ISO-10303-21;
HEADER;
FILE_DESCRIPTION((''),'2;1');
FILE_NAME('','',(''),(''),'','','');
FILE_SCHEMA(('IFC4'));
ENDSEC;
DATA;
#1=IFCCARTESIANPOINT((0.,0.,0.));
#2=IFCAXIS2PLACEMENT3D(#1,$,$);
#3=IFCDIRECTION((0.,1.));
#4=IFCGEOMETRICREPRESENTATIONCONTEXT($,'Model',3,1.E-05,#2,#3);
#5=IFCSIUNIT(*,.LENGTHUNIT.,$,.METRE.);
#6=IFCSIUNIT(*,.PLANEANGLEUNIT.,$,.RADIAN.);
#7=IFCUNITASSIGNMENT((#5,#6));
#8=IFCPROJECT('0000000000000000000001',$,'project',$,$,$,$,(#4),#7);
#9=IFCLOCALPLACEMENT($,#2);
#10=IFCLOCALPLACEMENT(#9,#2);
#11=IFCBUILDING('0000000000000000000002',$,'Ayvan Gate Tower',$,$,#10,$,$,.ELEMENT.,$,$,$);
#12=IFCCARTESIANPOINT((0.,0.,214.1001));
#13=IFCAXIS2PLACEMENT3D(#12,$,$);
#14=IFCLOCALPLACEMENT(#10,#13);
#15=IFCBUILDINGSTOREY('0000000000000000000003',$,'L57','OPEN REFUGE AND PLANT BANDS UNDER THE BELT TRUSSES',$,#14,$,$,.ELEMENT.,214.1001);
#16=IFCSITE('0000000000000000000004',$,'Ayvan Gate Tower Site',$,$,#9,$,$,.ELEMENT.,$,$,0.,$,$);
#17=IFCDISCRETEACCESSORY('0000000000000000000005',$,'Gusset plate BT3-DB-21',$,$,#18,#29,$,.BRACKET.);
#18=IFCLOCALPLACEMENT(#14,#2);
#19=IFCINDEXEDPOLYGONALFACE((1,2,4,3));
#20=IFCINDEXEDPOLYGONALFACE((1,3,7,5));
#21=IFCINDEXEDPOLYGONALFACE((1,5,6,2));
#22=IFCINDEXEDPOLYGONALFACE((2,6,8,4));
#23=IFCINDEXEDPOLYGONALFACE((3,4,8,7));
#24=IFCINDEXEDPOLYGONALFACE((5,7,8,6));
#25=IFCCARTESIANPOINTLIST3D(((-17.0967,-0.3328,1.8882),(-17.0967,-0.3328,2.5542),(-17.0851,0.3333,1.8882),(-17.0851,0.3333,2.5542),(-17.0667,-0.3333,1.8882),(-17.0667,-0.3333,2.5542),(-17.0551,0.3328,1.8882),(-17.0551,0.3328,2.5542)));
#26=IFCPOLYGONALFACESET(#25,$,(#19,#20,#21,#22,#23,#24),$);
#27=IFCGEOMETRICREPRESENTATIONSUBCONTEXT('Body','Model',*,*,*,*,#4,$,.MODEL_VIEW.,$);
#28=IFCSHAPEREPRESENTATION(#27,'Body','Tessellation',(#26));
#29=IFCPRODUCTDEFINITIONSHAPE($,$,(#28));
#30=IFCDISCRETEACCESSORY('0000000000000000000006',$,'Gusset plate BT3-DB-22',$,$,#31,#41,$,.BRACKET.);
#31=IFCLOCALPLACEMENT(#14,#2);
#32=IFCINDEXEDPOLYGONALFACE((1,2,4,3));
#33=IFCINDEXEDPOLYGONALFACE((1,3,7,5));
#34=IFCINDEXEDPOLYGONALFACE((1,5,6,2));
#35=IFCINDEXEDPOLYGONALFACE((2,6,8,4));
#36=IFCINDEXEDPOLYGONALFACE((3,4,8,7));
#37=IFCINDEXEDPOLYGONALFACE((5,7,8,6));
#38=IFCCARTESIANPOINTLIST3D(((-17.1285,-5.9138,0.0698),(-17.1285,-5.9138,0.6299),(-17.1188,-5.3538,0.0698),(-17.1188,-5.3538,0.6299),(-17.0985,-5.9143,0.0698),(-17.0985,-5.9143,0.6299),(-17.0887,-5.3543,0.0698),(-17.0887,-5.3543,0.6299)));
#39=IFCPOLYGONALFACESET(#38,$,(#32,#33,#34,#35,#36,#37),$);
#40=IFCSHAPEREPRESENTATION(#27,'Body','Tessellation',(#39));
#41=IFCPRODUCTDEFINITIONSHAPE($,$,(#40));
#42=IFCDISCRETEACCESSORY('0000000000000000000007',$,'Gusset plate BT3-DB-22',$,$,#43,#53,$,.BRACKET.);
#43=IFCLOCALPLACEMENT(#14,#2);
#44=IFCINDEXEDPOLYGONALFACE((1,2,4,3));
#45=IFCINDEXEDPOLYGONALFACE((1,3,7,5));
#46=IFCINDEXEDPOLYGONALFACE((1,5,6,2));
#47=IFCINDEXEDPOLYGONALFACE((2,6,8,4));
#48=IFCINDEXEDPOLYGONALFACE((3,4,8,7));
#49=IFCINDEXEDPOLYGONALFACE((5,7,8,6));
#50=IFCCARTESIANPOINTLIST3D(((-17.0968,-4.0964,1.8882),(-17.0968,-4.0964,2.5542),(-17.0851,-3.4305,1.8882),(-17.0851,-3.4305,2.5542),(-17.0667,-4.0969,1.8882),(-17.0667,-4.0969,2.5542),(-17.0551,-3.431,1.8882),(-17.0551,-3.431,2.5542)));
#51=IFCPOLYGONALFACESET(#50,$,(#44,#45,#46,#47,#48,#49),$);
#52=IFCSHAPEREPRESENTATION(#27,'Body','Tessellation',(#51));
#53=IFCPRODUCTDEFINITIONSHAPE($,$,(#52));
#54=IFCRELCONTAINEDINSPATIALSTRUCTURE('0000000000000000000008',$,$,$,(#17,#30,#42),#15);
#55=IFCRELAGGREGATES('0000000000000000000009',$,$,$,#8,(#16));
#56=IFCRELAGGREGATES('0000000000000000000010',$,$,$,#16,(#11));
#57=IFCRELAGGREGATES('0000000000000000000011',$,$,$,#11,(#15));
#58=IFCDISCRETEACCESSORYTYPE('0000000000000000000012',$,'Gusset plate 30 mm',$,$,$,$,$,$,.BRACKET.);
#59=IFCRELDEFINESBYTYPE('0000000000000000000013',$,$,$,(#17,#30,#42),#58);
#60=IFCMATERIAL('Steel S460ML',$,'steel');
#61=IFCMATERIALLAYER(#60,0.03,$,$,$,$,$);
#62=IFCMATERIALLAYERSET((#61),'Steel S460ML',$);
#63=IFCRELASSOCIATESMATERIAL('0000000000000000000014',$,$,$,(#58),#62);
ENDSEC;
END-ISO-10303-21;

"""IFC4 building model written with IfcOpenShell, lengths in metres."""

from ifc_helpers import new_model, si_unit, direction, frame, origin, origin_2d, place, context, subcontext, project, spatial, rectangle, extrude, material, layer, layer_set, type_object, element, save


model = new_model("IFC4")

# Units and contexts
model_context = context("Model", 3, precision=1e-05, world=origin(), true_north=direction((0.0, 1.0)))
body_context = subcontext(model_context, "Body", "Model", "MODEL_VIEW")
ifc_project = project(units=[si_unit("LENGTHUNIT", "METRE"), si_unit("PLANEANGLEUNIT", "RADIAN")], contexts=[model_context])

# Site, building, storey
site_placement = place(None, origin())
site = spatial("IfcSite", under=ifc_project, at=site_placement, Name="Ayvan Gate Tower Site", CompositionType="ELEMENT", RefElevation=0.0)
building_placement = place(site_placement, origin())
building = spatial("IfcBuilding", under=site, at=building_placement, Name="Ayvan Gate Tower", CompositionType="ELEMENT")
storey_placement = place(building_placement, frame((0.0, 0.0, 214.1001)))
storey = spatial("IfcBuildingStorey", under=building, at=storey_placement, Name="L57", Description="OPEN REFUGE AND PLANT BANDS UNDER THE BELT TRUSSES", CompositionType="ELEMENT", Elevation=214.1001)

# Shared definitions
ifc_material_1 = material(Name="Steel S460ML", Category="steel")

# Discrete accessories
ifc_layer_1 = layer(ifc_material_1, 0.03)
ifc_layer_set_1 = layer_set([ifc_layer_1], Name="Steel S460ML")
discrete_accessory_type_1 = type_object("IfcDiscreteAccessoryType", Name="Gusset plate 30 mm", PredefinedType="BRACKET", material=ifc_layer_set_1)
discrete_accessory_1_placement = place(storey_placement, frame((-17.0759, 0.0, 1.8882), z_axis=(0.0, 0.0, 1.0), x_axis=(0.01739, 0.999849, 0.0)))
element("IfcDiscreteAccessory", 1, at=discrete_accessory_1_placement, inside=storey, type_object=discrete_accessory_type_1, Name="Gusset plate BT3-DB-21", PredefinedType="BRACKET", context=body_context, shape_type="SweptSolid", body=[
    extrude(rectangle(XDim=0.6663, YDim=0.03, at=origin_2d()), origin(), (0.0, 0.0, 1.0), 0.666),
])
discrete_accessory_2_placement = place(storey_placement, frame((-17.1086, -5.634, 0.0698), z_axis=(0.0, 0.0, 1.0), x_axis=(0.017459, 0.999848, 0.0)))
element("IfcDiscreteAccessory", 2, at=discrete_accessory_2_placement, inside=storey, type_object=discrete_accessory_type_1, Name="Gusset plate BT3-DB-22", PredefinedType="BRACKET", context=body_context, shape_type="SweptSolid", body=[
    extrude(rectangle(XDim=0.5601, YDim=0.03, at=origin_2d()), origin(), (0.0, 0.0, 1.0), 0.5601),
])
discrete_accessory_3_placement = place(storey_placement, frame((-17.0759, -3.7637, 1.8882), z_axis=(0.0, 0.0, 1.0), x_axis=(0.017459, 0.999848, 0.0)))
element("IfcDiscreteAccessory", 3, at=discrete_accessory_3_placement, inside=storey, type_object=discrete_accessory_type_1, Name="Gusset plate BT3-DB-22", PredefinedType="BRACKET", context=body_context, shape_type="SweptSolid", body=[
    extrude(rectangle(XDim=0.666, YDim=0.03, at=origin_2d()), origin(), (0.0, 0.0, 1.0), 0.666),
])

save(model, "model.ifc")
